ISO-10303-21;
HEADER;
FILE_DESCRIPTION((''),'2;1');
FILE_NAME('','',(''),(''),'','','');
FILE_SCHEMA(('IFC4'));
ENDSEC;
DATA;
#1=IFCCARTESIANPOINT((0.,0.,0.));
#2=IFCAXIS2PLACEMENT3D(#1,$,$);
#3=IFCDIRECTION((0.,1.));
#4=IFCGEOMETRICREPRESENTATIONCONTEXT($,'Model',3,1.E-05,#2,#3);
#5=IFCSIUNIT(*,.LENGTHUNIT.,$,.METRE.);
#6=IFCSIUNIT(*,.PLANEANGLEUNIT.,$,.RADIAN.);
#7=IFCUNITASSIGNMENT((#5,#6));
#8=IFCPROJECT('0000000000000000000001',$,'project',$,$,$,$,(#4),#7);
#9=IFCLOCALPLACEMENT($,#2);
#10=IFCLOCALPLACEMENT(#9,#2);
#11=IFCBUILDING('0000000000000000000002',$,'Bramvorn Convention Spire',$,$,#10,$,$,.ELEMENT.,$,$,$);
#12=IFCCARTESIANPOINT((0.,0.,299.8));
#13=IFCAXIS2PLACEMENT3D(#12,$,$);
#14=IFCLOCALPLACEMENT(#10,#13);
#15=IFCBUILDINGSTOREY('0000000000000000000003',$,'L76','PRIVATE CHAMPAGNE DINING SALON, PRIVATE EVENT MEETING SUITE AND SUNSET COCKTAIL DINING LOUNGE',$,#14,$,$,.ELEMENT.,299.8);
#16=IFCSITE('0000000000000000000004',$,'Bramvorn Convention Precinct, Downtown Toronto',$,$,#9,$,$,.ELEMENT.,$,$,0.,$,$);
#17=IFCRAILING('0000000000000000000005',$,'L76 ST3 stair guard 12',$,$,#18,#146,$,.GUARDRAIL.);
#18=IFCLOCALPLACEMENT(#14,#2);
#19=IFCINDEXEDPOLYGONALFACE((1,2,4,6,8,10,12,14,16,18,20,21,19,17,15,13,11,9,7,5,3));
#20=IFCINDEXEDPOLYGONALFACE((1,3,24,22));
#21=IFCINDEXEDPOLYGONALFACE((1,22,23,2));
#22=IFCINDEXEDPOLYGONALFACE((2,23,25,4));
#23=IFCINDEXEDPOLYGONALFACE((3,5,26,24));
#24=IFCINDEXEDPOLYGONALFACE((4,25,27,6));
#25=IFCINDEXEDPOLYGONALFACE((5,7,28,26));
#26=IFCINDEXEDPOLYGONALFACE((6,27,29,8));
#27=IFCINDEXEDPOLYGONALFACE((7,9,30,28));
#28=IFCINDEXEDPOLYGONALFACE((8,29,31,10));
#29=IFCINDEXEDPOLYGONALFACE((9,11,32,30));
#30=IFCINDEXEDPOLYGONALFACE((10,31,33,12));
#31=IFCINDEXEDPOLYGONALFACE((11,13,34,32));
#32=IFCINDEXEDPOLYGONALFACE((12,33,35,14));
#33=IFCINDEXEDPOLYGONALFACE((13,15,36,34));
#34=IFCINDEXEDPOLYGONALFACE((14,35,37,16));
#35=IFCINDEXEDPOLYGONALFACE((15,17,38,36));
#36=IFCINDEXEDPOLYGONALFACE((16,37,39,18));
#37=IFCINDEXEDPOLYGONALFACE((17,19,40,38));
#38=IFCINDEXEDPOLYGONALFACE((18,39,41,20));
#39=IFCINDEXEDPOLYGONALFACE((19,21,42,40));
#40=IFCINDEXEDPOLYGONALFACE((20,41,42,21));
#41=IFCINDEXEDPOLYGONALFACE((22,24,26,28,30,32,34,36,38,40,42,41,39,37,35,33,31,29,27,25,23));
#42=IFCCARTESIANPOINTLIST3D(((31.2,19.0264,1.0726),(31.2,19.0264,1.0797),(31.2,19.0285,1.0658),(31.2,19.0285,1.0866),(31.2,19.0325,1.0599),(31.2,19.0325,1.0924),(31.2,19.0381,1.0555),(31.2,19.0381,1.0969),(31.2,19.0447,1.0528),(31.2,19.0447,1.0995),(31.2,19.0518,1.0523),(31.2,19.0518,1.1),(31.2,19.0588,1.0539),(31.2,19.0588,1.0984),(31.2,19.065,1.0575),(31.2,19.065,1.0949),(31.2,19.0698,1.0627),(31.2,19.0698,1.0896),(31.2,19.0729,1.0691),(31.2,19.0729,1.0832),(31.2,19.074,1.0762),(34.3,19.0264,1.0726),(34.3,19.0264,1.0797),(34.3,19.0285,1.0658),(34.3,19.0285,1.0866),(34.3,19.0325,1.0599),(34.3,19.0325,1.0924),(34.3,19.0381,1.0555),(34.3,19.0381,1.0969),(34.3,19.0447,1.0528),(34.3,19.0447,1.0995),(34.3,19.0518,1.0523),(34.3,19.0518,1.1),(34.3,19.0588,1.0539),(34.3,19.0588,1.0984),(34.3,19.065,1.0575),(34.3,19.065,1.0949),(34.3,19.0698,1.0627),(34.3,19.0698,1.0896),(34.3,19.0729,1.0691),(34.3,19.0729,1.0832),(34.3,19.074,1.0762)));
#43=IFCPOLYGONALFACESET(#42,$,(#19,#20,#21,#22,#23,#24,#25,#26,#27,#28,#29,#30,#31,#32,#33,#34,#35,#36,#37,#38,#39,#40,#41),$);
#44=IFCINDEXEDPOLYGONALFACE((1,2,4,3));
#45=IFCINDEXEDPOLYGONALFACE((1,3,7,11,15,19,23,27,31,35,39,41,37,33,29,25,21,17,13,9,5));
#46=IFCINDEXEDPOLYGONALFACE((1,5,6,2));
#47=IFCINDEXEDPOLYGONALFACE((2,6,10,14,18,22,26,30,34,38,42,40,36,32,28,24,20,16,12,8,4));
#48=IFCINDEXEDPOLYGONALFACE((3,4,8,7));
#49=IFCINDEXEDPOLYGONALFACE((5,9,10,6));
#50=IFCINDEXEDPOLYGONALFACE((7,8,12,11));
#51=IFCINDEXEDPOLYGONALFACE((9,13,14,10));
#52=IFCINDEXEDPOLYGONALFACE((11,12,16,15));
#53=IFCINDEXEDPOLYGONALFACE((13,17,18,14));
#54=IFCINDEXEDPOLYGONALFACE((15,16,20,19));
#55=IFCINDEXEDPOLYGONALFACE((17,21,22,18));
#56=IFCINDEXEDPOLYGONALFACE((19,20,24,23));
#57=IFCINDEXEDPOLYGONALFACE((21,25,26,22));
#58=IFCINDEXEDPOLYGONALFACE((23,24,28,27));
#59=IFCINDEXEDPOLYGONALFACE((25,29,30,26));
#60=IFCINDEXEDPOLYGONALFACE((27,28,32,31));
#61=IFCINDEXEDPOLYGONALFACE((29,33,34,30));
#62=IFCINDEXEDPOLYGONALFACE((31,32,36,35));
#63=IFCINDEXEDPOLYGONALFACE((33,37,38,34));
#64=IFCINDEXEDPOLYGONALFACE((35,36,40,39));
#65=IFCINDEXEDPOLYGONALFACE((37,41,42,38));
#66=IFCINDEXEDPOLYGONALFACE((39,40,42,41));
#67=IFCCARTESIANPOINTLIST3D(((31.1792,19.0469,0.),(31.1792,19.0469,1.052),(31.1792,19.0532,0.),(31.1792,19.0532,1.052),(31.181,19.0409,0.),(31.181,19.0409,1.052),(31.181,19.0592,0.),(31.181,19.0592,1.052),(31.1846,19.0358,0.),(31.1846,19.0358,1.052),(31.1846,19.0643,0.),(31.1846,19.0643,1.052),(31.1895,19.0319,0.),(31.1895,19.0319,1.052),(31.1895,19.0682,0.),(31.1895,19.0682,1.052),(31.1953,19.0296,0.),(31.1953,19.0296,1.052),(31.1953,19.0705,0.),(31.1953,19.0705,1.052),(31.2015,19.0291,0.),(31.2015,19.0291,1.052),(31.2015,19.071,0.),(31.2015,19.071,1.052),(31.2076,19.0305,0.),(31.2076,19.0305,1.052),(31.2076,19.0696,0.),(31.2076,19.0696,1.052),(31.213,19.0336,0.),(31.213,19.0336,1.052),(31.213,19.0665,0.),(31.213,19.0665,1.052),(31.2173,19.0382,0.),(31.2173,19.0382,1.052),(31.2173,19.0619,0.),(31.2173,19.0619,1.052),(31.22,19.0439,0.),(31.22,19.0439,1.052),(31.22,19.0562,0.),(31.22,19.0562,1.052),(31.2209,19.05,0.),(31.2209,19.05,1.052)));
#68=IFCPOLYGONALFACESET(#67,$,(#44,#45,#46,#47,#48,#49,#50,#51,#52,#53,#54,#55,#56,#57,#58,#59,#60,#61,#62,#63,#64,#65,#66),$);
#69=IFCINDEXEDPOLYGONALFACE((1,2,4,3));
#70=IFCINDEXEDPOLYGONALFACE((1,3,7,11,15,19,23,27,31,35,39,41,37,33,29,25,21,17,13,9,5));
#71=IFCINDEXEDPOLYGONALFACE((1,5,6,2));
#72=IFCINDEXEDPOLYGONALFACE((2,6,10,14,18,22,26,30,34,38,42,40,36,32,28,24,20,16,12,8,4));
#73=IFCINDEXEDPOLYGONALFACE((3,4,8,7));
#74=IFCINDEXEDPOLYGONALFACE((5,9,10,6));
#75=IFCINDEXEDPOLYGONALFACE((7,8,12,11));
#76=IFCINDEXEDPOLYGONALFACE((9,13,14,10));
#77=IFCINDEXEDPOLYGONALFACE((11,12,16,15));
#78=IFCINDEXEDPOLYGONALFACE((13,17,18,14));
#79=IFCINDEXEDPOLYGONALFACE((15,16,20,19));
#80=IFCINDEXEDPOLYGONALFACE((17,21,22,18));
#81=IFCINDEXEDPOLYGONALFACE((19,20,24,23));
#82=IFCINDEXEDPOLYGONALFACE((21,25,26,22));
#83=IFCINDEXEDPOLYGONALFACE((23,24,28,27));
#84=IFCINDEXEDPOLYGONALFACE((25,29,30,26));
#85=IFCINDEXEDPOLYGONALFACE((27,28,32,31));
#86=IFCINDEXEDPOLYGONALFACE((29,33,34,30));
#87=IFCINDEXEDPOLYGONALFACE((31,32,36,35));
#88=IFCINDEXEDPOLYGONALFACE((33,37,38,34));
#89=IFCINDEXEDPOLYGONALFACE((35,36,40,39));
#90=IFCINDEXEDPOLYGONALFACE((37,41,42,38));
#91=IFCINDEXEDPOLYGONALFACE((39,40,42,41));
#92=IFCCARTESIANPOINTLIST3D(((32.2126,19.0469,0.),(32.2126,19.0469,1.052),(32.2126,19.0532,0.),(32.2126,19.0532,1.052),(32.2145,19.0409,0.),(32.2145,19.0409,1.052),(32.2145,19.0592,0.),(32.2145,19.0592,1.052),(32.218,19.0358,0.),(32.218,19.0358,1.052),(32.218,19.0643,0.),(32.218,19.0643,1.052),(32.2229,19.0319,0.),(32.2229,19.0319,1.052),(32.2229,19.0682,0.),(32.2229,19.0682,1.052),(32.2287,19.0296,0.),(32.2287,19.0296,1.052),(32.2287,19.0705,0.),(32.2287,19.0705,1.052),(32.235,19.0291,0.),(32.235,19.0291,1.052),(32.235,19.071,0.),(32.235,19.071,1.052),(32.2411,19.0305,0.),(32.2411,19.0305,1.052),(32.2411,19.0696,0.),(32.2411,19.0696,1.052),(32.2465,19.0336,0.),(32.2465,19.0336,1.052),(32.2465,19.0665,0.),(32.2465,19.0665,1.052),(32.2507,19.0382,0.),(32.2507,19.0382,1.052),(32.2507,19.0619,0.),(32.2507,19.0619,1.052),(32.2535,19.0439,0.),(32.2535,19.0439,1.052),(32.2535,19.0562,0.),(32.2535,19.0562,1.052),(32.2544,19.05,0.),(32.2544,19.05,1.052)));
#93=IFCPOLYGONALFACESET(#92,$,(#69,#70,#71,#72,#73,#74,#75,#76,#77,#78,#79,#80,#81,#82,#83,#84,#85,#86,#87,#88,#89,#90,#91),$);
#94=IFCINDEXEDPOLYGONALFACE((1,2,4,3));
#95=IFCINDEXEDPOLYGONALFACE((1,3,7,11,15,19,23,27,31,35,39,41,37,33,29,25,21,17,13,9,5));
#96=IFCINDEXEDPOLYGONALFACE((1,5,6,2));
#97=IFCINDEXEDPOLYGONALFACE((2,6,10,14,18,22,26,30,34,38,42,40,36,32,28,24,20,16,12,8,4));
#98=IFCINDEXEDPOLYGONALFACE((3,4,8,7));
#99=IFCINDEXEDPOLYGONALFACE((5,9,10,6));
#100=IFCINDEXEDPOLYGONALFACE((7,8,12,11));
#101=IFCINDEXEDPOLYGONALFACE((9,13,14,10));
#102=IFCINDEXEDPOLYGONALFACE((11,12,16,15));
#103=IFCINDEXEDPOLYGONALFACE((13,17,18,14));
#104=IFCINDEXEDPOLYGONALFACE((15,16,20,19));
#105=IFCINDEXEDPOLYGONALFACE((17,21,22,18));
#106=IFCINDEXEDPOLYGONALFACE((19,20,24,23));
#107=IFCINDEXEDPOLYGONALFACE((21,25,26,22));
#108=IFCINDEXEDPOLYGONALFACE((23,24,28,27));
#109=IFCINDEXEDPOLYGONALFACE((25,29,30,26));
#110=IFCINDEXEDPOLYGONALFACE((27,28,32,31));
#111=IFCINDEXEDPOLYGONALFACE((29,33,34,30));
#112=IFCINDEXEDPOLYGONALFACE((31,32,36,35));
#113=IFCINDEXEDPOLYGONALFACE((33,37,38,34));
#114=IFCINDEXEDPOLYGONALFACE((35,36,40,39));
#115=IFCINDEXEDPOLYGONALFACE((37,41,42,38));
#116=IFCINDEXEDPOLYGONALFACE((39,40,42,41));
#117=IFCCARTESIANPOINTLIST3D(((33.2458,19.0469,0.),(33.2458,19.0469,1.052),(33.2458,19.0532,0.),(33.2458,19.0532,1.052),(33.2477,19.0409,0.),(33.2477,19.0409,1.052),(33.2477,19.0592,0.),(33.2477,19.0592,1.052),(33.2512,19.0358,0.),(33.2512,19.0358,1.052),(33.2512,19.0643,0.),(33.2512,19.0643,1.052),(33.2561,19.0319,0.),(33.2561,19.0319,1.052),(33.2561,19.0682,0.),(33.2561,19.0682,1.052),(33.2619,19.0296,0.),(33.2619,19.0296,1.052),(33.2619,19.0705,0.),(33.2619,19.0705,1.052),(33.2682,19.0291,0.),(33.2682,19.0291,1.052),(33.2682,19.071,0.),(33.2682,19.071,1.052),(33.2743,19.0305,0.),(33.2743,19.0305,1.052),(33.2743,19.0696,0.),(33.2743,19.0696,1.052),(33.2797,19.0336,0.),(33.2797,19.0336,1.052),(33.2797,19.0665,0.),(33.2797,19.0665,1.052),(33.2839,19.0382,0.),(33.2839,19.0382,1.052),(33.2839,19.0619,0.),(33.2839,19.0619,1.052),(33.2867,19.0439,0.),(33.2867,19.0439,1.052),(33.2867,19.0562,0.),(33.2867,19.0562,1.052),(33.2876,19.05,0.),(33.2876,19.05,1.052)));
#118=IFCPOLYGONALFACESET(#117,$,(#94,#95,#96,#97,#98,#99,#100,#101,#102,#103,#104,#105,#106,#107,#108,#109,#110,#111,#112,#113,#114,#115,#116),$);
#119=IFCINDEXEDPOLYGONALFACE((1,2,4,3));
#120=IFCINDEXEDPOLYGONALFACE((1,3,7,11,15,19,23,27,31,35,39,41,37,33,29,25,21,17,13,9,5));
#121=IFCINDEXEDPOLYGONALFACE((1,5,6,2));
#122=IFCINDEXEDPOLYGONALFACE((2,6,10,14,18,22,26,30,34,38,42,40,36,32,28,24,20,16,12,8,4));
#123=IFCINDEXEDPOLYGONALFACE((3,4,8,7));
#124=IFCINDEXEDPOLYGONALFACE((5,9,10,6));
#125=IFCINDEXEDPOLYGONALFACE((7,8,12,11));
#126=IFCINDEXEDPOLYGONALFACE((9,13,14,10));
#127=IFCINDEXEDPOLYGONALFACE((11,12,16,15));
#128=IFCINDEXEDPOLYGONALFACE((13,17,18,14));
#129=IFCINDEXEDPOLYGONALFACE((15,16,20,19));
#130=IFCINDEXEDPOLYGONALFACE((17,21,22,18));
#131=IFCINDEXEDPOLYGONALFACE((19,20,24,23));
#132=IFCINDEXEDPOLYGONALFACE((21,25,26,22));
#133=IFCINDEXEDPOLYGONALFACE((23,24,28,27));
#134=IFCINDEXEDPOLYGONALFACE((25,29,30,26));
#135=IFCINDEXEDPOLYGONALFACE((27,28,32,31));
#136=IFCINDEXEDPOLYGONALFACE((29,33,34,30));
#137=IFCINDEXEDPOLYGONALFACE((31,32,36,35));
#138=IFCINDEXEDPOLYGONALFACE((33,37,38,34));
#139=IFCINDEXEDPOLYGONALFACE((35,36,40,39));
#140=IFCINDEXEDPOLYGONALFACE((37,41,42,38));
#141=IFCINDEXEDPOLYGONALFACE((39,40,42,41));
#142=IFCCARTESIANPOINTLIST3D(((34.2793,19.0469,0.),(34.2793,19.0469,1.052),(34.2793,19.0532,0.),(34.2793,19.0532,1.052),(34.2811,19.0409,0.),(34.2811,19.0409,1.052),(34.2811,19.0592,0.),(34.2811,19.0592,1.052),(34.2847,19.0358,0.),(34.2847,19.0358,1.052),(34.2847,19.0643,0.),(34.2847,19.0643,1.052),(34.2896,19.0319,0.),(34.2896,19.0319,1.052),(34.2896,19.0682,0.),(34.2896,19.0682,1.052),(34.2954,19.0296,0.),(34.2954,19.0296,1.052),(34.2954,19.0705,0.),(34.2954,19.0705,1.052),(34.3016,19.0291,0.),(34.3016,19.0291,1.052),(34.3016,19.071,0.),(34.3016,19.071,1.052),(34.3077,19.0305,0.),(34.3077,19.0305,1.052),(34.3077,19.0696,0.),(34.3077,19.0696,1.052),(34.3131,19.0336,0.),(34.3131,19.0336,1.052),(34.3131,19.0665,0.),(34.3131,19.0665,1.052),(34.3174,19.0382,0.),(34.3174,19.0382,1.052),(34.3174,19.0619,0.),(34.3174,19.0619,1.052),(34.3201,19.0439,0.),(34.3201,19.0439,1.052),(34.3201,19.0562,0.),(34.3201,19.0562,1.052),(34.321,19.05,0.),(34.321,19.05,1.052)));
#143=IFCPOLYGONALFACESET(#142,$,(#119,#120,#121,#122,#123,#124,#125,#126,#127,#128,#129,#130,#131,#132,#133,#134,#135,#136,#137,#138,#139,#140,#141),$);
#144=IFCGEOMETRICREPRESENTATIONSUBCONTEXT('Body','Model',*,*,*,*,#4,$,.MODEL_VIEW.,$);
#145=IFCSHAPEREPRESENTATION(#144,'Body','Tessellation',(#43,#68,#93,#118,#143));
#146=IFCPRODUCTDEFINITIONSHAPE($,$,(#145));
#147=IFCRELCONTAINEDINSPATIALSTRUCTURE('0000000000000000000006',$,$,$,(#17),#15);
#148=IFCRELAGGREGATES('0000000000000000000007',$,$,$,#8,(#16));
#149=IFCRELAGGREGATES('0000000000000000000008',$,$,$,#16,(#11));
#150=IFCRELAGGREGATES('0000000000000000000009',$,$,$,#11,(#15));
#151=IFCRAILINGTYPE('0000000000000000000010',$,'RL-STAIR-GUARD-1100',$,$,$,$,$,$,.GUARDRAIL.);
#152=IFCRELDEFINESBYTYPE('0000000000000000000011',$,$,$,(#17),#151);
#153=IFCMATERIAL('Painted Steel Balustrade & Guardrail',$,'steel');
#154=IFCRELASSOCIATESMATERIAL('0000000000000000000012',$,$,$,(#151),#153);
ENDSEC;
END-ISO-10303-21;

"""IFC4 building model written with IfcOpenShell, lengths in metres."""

from ifc_helpers import new_model, si_unit, direction, frame, origin, origin_2d, place, context, subcontext, project, spatial, circle, extrude, material, type_object, element, save


model = new_model("IFC4")

# Units and contexts
model_context = context("Model", 3, precision=1e-05, world=origin(), true_north=direction((0.0, 1.0)))
body_context = subcontext(model_context, "Body", "Model", "MODEL_VIEW")
ifc_project = project(units=[si_unit("LENGTHUNIT", "METRE"), si_unit("PLANEANGLEUNIT", "RADIAN")], contexts=[model_context])

# Site, building, storey
site_placement = place(None, origin())
site = spatial("IfcSite", under=ifc_project, at=site_placement, Name="Bramvorn Convention Precinct, Downtown Toronto", CompositionType="ELEMENT", RefElevation=0.0)
building_placement = place(site_placement, origin())
building = spatial("IfcBuilding", under=site, at=building_placement, Name="Bramvorn Convention Spire", CompositionType="ELEMENT")
storey_placement = place(building_placement, frame((0.0, 0.0, 299.8)))
storey = spatial("IfcBuildingStorey", under=building, at=storey_placement, Name="L76", Description="PRIVATE CHAMPAGNE DINING SALON, PRIVATE EVENT MEETING SUITE AND SUNSET COCKTAIL DINING LOUNGE", CompositionType="ELEMENT", Elevation=299.8)

# Railing
ifc_material_1 = material(Name="Painted Steel Balustrade & Guardrail", Category="steel")
railing_type_1 = type_object("IfcRailingType", Name="RL-STAIR-GUARD-1100", PredefinedType="GUARDRAIL", material=ifc_material_1)
railing_1_placement = place(storey_placement, frame((31.2, 19.05, 0.0)))
element("IfcRailing", 1, at=railing_1_placement, inside=storey, type_object=railing_type_1, Name="L76 ST3 stair guard 12", PredefinedType="GUARDRAIL", context=body_context, shape_type="SweptSolid", body=[
    extrude(circle(Radius=0.0239, at=origin_2d()), frame((0.0, 0.0, 1.0762), z_axis=(1.0, 0.0, 0.0), x_axis=(0.0, 1.0, 0.0)), (0.0, 0.0, 1.0), 3.1001),
    extrude(circle(Radius=0.021, at=origin_2d()), origin(), (0.0, 0.0, 1.0), 1.052),
    extrude(circle(Radius=0.021, at=origin_2d()), frame((1.0334, 0.0, 0.0)), (0.0, 0.0, 1.0), 1.052),
    extrude(circle(Radius=0.021, at=origin_2d()), frame((2.0667, 0.0, 0.0)), (0.0, 0.0, 1.0), 1.052),
    extrude(circle(Radius=0.021, at=origin_2d()), frame((3.1001, 0.0, 0.0)), (0.0, 0.0, 1.0), 1.052),
])

save(model, "model.ifc")
